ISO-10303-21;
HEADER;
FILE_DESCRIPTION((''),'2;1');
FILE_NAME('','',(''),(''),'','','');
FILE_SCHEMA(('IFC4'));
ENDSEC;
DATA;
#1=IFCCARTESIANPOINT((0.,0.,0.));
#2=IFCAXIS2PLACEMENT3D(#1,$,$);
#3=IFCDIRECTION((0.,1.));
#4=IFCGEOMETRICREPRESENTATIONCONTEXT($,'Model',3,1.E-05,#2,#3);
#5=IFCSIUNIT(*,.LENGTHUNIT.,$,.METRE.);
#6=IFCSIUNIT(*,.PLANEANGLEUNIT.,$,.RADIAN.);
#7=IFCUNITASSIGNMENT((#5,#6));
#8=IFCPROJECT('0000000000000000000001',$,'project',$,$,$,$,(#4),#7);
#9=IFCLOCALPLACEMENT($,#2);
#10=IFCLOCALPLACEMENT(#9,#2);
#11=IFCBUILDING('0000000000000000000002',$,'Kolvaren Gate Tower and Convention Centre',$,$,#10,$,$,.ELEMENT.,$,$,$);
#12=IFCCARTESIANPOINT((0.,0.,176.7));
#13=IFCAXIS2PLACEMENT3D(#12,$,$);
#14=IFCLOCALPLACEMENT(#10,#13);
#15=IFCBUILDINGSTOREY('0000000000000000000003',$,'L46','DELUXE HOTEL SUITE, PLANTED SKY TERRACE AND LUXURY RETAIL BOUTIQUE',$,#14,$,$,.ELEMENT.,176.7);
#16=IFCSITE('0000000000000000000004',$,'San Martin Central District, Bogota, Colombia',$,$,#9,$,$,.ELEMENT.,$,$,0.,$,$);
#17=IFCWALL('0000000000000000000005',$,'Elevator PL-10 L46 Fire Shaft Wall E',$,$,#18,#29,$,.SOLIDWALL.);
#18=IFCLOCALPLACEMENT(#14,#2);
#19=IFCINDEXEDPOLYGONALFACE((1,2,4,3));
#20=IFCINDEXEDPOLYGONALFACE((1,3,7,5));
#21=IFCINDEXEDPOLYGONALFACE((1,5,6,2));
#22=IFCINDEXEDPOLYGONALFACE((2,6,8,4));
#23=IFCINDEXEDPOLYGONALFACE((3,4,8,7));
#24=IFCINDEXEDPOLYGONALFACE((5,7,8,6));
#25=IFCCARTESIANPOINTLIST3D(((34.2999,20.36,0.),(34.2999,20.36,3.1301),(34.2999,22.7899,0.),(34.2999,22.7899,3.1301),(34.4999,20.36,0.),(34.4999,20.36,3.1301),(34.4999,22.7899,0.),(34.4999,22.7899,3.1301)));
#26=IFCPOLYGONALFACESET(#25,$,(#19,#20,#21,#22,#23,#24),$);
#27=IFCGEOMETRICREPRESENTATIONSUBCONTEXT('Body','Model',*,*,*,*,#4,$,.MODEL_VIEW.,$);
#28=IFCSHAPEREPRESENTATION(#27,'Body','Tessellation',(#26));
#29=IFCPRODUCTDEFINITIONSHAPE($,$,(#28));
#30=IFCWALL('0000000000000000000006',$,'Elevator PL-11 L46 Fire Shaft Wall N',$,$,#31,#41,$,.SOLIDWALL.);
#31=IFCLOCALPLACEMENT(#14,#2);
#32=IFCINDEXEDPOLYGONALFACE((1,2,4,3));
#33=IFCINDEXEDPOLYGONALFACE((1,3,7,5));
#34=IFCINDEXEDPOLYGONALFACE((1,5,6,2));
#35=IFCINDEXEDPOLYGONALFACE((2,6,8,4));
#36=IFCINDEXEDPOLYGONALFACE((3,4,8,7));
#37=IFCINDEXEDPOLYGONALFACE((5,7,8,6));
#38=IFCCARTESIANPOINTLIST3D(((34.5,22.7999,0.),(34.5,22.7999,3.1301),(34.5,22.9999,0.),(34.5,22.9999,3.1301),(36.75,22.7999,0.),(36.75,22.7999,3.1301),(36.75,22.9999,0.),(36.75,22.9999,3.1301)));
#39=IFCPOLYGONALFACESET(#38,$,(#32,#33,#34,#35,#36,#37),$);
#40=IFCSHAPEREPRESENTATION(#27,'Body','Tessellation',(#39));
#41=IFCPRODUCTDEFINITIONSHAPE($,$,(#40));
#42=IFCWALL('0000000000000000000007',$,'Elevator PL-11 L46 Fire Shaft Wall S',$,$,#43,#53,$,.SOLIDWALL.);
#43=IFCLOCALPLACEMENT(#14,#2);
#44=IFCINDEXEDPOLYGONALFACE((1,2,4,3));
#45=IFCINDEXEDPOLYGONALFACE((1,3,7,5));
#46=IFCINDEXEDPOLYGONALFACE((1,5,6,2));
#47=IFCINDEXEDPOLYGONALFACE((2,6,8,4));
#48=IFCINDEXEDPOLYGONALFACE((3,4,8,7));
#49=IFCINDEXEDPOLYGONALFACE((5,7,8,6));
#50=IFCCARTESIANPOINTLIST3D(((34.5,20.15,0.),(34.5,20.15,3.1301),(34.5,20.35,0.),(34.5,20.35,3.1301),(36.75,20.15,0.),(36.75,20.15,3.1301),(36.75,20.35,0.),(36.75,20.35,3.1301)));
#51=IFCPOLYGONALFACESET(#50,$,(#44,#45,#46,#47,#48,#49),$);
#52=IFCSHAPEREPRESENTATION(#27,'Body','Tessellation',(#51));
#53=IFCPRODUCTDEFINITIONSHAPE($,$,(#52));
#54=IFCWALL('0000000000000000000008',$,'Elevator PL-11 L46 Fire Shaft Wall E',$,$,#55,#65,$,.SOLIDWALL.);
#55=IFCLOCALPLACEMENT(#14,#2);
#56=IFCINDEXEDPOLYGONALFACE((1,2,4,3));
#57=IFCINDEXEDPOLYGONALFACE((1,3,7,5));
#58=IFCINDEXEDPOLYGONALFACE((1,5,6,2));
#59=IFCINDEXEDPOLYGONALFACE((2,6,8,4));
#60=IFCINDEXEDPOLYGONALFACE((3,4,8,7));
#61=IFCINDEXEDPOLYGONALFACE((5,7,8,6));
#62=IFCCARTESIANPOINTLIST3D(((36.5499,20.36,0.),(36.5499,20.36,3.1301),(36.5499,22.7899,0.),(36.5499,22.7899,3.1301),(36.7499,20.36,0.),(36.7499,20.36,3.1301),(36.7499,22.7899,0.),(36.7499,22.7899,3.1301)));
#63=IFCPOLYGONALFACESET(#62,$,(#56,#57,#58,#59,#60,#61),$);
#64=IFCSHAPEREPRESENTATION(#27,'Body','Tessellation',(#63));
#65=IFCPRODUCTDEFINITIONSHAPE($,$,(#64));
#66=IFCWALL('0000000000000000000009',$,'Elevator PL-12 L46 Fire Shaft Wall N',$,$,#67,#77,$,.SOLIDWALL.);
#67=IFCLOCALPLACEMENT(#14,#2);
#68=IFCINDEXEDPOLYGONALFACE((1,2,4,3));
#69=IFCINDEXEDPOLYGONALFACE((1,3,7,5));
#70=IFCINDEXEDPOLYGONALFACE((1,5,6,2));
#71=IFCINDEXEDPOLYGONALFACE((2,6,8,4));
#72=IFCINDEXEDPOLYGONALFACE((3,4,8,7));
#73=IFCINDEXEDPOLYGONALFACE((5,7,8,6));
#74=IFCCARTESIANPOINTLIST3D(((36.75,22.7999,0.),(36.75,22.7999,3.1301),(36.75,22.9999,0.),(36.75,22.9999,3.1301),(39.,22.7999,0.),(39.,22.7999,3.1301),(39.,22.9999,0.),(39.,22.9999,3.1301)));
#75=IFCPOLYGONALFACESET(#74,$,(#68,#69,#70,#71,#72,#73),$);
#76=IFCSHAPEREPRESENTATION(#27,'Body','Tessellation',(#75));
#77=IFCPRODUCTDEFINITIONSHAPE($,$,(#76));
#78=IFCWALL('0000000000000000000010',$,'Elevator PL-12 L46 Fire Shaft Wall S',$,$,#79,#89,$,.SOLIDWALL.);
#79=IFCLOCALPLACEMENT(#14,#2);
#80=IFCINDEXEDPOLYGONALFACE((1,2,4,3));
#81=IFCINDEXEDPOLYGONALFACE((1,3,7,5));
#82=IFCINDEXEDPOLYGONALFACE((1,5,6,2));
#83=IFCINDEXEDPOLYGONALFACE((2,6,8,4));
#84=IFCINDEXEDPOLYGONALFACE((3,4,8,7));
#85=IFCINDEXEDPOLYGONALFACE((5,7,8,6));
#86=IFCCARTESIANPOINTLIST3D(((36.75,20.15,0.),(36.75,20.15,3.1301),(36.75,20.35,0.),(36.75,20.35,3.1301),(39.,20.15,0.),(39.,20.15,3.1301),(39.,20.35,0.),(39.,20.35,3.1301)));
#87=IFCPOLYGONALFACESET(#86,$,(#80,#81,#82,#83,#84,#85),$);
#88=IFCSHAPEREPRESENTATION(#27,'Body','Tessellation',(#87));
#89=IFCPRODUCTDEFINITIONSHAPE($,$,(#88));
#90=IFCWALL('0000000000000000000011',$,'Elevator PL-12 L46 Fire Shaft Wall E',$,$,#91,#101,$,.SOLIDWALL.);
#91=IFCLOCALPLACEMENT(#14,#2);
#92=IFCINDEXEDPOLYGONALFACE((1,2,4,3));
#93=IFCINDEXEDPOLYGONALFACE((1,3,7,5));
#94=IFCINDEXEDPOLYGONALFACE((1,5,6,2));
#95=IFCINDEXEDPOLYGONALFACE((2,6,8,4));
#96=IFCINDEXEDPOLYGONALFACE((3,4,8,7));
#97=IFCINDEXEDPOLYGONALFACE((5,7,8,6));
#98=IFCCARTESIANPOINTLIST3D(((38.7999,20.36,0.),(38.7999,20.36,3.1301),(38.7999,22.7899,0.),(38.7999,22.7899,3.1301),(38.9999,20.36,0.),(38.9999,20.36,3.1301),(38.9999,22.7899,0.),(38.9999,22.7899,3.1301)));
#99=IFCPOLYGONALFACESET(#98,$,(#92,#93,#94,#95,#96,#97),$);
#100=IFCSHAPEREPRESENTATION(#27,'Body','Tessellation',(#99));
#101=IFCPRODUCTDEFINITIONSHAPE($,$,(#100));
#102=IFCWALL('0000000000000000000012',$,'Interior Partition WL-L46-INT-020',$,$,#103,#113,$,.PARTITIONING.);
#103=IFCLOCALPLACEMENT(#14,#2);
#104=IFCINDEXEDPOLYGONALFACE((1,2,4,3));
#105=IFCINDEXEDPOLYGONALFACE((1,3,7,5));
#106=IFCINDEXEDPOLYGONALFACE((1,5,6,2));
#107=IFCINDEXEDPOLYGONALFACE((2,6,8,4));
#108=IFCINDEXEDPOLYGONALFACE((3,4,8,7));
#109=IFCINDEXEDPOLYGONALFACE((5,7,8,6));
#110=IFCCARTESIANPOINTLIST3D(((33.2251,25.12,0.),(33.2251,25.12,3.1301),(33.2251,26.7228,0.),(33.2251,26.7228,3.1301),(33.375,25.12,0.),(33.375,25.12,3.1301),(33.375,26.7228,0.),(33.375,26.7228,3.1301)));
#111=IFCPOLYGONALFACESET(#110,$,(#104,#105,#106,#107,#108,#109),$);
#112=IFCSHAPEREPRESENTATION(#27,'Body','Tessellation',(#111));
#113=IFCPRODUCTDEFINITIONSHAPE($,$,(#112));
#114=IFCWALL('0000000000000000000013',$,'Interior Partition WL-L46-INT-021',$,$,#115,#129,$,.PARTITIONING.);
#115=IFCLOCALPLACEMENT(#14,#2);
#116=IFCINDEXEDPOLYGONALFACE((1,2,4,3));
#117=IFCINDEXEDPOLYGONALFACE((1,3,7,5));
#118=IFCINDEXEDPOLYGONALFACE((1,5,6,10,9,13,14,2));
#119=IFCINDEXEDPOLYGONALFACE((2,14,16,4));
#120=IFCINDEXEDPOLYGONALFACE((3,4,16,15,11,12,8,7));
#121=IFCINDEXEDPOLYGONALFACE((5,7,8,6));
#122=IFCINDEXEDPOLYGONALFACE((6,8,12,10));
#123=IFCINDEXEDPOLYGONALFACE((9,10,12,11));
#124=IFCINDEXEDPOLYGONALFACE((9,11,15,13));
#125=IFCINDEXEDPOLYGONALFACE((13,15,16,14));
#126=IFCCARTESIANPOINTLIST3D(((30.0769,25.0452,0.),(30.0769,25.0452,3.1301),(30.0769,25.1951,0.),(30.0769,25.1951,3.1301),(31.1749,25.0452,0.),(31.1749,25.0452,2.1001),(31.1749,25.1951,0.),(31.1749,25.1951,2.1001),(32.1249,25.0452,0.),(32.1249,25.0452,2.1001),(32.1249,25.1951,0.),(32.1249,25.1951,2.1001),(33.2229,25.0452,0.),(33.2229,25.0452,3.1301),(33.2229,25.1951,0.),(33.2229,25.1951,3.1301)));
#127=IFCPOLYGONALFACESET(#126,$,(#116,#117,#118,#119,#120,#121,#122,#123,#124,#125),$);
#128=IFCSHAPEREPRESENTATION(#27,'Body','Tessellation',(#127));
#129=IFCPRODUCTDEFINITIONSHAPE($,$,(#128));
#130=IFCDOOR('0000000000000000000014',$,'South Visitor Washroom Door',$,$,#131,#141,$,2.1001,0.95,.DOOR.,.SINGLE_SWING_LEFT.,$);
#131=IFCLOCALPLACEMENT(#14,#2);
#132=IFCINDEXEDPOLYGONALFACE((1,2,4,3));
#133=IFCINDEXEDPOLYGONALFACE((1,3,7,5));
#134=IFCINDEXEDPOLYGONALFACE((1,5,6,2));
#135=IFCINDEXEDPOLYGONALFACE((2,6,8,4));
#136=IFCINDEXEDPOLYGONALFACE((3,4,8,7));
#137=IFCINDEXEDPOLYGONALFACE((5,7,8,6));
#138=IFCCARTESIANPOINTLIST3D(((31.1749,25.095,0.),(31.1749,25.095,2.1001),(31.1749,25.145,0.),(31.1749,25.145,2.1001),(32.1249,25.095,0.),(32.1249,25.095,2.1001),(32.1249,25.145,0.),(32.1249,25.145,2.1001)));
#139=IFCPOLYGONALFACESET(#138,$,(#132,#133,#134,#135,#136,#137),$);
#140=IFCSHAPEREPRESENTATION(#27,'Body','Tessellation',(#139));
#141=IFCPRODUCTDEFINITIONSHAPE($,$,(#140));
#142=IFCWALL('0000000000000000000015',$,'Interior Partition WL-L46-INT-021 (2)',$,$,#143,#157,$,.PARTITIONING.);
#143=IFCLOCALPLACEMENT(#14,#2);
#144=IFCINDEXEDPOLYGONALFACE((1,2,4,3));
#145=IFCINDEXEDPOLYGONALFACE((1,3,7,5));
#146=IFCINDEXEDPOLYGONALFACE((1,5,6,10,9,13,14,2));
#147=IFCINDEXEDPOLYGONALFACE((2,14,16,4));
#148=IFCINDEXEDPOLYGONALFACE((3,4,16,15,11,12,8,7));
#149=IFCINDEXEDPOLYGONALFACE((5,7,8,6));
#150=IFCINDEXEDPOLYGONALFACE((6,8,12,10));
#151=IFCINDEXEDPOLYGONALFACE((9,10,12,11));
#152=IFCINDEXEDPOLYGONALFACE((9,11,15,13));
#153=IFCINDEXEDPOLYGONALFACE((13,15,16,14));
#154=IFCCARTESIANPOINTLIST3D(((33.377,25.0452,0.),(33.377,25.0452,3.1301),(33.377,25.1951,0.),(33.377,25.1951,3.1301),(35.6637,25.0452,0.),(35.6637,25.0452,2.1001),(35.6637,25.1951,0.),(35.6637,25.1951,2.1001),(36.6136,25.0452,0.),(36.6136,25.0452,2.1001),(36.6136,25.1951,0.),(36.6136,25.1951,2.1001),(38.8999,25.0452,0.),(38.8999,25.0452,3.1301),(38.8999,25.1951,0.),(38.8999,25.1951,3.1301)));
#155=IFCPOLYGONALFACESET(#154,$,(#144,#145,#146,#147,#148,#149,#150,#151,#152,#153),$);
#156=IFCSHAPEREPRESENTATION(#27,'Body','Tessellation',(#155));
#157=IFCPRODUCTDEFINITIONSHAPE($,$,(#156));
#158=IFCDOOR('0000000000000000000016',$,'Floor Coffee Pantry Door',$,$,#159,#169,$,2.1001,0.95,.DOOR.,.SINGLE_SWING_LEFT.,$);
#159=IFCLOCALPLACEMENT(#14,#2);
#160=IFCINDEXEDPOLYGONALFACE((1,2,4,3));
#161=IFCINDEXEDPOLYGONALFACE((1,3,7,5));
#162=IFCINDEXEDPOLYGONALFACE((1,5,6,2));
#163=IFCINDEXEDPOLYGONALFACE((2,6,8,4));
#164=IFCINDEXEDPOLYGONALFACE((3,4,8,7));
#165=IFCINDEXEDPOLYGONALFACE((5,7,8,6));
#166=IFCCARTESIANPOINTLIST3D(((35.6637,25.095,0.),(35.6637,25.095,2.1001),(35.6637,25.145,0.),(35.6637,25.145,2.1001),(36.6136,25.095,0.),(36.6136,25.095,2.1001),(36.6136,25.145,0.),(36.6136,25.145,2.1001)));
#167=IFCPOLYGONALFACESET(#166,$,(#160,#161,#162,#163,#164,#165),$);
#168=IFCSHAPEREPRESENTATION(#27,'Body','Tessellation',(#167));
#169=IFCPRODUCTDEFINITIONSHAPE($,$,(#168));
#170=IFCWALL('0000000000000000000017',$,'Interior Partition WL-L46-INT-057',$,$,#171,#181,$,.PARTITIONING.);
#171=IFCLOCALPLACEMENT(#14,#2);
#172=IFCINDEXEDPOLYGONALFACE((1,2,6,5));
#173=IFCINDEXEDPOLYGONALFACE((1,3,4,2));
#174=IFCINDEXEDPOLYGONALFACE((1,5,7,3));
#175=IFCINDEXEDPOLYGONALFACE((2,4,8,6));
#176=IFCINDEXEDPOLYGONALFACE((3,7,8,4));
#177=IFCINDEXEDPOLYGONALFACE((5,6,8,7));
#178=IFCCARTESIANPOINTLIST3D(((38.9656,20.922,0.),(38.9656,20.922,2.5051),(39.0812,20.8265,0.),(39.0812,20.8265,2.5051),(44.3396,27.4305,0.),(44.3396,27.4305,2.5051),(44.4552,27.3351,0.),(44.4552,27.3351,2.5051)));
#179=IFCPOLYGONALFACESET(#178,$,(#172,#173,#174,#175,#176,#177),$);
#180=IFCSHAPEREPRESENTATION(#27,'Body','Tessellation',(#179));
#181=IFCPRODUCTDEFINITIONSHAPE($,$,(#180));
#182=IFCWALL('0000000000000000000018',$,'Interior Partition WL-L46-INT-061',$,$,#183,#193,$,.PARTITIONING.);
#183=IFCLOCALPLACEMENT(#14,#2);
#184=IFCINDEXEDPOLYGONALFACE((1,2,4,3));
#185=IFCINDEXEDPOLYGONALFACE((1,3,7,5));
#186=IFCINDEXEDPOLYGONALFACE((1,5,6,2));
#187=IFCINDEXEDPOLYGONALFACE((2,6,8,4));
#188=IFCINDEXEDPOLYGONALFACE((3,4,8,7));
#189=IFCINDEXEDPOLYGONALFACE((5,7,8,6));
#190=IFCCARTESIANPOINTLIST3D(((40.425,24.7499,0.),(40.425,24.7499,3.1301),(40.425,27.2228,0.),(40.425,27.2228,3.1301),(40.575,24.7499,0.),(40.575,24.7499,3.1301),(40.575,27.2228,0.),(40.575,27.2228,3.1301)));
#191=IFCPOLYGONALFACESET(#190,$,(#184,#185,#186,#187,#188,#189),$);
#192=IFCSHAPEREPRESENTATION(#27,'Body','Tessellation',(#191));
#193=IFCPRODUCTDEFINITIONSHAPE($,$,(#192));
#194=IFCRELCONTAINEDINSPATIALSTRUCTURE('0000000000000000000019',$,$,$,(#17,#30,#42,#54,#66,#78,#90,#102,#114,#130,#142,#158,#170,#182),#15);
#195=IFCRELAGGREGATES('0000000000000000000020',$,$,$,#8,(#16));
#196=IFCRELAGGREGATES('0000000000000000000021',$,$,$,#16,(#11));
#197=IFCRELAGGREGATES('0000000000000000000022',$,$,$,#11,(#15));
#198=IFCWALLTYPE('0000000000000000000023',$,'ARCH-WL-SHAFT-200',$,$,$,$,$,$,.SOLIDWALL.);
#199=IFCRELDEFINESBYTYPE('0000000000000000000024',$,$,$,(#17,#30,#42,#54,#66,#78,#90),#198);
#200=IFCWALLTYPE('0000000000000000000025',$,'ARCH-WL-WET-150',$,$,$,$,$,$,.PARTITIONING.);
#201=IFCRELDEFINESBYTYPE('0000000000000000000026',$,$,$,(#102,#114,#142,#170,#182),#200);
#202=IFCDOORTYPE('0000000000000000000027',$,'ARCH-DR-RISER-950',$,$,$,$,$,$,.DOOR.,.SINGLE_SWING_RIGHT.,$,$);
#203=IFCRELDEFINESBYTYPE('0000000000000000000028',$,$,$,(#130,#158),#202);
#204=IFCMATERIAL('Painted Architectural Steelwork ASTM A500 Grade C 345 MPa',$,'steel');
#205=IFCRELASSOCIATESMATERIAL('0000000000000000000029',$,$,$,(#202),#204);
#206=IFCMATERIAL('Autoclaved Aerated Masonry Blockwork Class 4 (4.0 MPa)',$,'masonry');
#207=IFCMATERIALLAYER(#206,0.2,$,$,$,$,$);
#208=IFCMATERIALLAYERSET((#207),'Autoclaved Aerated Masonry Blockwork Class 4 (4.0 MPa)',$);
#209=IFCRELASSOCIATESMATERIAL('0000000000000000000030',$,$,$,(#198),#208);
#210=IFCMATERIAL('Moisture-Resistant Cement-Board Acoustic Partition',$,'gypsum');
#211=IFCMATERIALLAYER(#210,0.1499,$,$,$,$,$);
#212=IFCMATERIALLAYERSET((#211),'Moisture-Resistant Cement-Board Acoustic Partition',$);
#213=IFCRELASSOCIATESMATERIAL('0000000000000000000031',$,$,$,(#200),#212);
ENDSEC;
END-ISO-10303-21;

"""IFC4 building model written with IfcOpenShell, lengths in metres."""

from ifc_helpers import new_model, si_unit, direction, frame, frame_2d, origin, place, context, subcontext, project, spatial, rectangle, extrude, material, layer, layer_set, type_object, element, fill, save


model = new_model("IFC4")

# Units and contexts
model_context = context("Model", 3, precision=1e-05, world=origin(), true_north=direction((0.0, 1.0)))
body_context = subcontext(model_context, "Body", "Model", "MODEL_VIEW")
ifc_project = project(units=[si_unit("LENGTHUNIT", "METRE"), si_unit("PLANEANGLEUNIT", "RADIAN")], contexts=[model_context])

# Site, building, storey
site_placement = place(None, origin())
site = spatial("IfcSite", under=ifc_project, at=site_placement, Name="San Martin Central District, Bogota, Colombia", CompositionType="ELEMENT", RefElevation=0.0)
building_placement = place(site_placement, origin())
building = spatial("IfcBuilding", under=site, at=building_placement, Name="Kolvaren Gate Tower and Convention Centre", CompositionType="ELEMENT")
storey_placement = place(building_placement, frame((0.0, 0.0, 176.7)))
storey = spatial("IfcBuildingStorey", under=building, at=storey_placement, Name="L46", Description="DELUXE HOTEL SUITE, PLANTED SKY TERRACE AND LUXURY RETAIL BOUTIQUE", CompositionType="ELEMENT", Elevation=176.7)

# Shared definitions
ifc_material_1 = material(Name="Painted Architectural Steelwork ASTM A500 Grade C 345 MPa", Category="steel")
door_type = type_object("IfcDoorType", Name="ARCH-DR-RISER-950", OperationType="SINGLE_SWING_RIGHT", PredefinedType="DOOR", material=ifc_material_1)

# Walls
ifc_material_2 = material(Name="Autoclaved Aerated Masonry Blockwork Class 4 (4.0 MPa)", Category="masonry")
ifc_layer_1 = layer(ifc_material_2, 0.2)
ifc_layer_set_1 = layer_set([ifc_layer_1], Name="Autoclaved Aerated Masonry Blockwork Class 4 (4.0 MPa)")
wall_type_1 = type_object("IfcWallType", Name="ARCH-WL-SHAFT-200", PredefinedType="SOLIDWALL", material=ifc_layer_set_1)
wall_1_placement = place(storey_placement, frame((34.3999, 20.3601, 0.0), z_axis=(0.0, 0.0, 1.0), x_axis=(0.0, 1.0, 0.0)))
element("IfcWall", 1, at=wall_1_placement, inside=storey, type_object=wall_type_1, Name="Elevator PL-10 L46 Fire Shaft Wall E", PredefinedType="SOLIDWALL", context=body_context, shape_type="SweptSolid", body=[
    extrude(rectangle(XDim=2.4299, YDim=0.2, at=frame_2d((1.2148, 0.0))), origin(), (0.0, 0.0, 1.0), 3.1301),
])
for number, where, z_axis, x_axis, name in (
    (2, (34.5, 22.8999, 0.0), (0.0, 0.0, 1.0), (1.0, 0.0, 0.0), "Elevator PL-11 L46 Fire Shaft Wall N"),
    (3, (34.5, 20.25, 0.0), (0.0, 0.0, 1.0), (1.0, 0.0, 0.0), "Elevator PL-11 L46 Fire Shaft Wall S"),
):
    element("IfcWall", number, at=place(storey_placement, frame(where, z_axis=z_axis, x_axis=x_axis)), inside=storey, type_object=wall_type_1, Name=name, PredefinedType="SOLIDWALL", context=body_context, shape_type="SweptSolid", body=[
        extrude(rectangle(XDim=2.25, YDim=0.2, at=frame_2d((1.125, 0.0))), origin(), (0.0, 0.0, 1.0), 3.1301),
    ])
wall_2_placement = place(storey_placement, frame((36.6499, 20.3601, 0.0), z_axis=(0.0, 0.0, 1.0), x_axis=(0.0, 1.0, 0.0)))
element("IfcWall", 4, at=wall_2_placement, inside=storey, type_object=wall_type_1, Name="Elevator PL-11 L46 Fire Shaft Wall E", PredefinedType="SOLIDWALL", context=body_context, shape_type="SweptSolid", body=[
    extrude(rectangle(XDim=2.4299, YDim=0.2, at=frame_2d((1.2148, 0.0))), origin(), (0.0, 0.0, 1.0), 3.1301),
])
for number, where, z_axis, x_axis, name in (
    (5, (36.75, 22.8999, 0.0), (0.0, 0.0, 1.0), (1.0, 0.0, 0.0), "Elevator PL-12 L46 Fire Shaft Wall N"),
    (6, (36.75, 20.25, 0.0), (0.0, 0.0, 1.0), (1.0, 0.0, 0.0), "Elevator PL-12 L46 Fire Shaft Wall S"),
):
    element("IfcWall", number, at=place(storey_placement, frame(where, z_axis=z_axis, x_axis=x_axis)), inside=storey, type_object=wall_type_1, Name=name, PredefinedType="SOLIDWALL", context=body_context, shape_type="SweptSolid", body=[
        extrude(rectangle(XDim=2.25, YDim=0.2, at=frame_2d((1.125, 0.0))), origin(), (0.0, 0.0, 1.0), 3.1301),
    ])
wall_3_placement = place(storey_placement, frame((38.8999, 20.3601, 0.0), z_axis=(0.0, 0.0, 1.0), x_axis=(0.0, 1.0, 0.0)))
element("IfcWall", 7, at=wall_3_placement, inside=storey, type_object=wall_type_1, Name="Elevator PL-12 L46 Fire Shaft Wall E", PredefinedType="SOLIDWALL", context=body_context, shape_type="SweptSolid", body=[
    extrude(rectangle(XDim=2.4299, YDim=0.2, at=frame_2d((1.2148, 0.0))), origin(), (0.0, 0.0, 1.0), 3.1301),
])
ifc_material_3 = material(Name="Moisture-Resistant Cement-Board Acoustic Partition", Category="gypsum")
ifc_layer_2 = layer(ifc_material_3, 0.1499)
ifc_layer_set_2 = layer_set([ifc_layer_2], Name="Moisture-Resistant Cement-Board Acoustic Partition")
wall_type_2 = type_object("IfcWallType", Name="ARCH-WL-WET-150", PredefinedType="PARTITIONING", material=ifc_layer_set_2)
wall_4_placement = place(storey_placement, frame((33.3, 25.1201, 0.0), z_axis=(0.0, 0.0, 1.0), x_axis=(0.0, 1.0, 0.0)))
element("IfcWall", 8, at=wall_4_placement, inside=storey, type_object=wall_type_2, Name="Interior Partition WL-L46-INT-020", PredefinedType="PARTITIONING", context=body_context, shape_type="SweptSolid", body=[
    extrude(rectangle(XDim=1.6028, YDim=0.1499, at=frame_2d((0.8013, 0.0))), origin(), (0.0, 0.0, 1.0), 3.1301),
])

# Walls, openings, doors
wall_5_placement = place(storey_placement, frame((30.0769, 25.1201, 0.0), z_axis=(0.0, 0.0, 1.0), x_axis=(1.0, 0.0, 0.0)))
wall_5 = element("IfcWall", 9, at=wall_5_placement, inside=storey, type_object=wall_type_2, Name="Interior Partition WL-L46-INT-021", PredefinedType="PARTITIONING", context=body_context, shape_type="SweptSolid", body=[
    extrude(rectangle(XDim=3.146, YDim=0.1499, at=frame_2d((1.573, 0.0))), origin(), (0.0, 0.0, 1.0), 3.1301),
])
opening_1_placement = place(wall_5_placement, frame((1.0979, 0.0, 0.0)))
opening_1 = element("IfcOpeningElement", 10, at=opening_1_placement, cuts=wall_5, PredefinedType="OPENING", context=body_context, shape_type="SweptSolid", body=[
    extrude(rectangle(XDim=0.95, YDim=2.1001, at=frame_2d((0.4751, 1.05))), frame((0.0, 0.085, 0.0), z_axis=(0.0, -1.0, 0.0), x_axis=(1.0, 0.0, 0.0)), (0.0, 0.0, 1.0), 0.1699),
])
door_1_placement = place(opening_1_placement, origin())
door_1 = element("IfcDoor", 11, at=door_1_placement, inside=storey, type_object=door_type, Name="South Visitor Washroom Door", OperationType="SINGLE_SWING_LEFT", OverallHeight=2.1001, OverallWidth=0.95, PredefinedType="DOOR", context=body_context, shape_type="SweptSolid", body=[
    extrude(rectangle(XDim=0.95, YDim=2.1001, at=frame_2d((0.4751, 1.05))), frame((0.0, 0.0249, 0.0), z_axis=(0.0, -1.0, 0.0), x_axis=(1.0, 0.0, 0.0)), (0.0, 0.0, 1.0), 0.05),
])
fill(opening_1, door_1)
wall_6_placement = place(storey_placement, frame((33.377, 25.1201, 0.0), z_axis=(0.0, 0.0, 1.0), x_axis=(1.0, 0.0, 0.0)))
wall_6 = element("IfcWall", 12, at=wall_6_placement, inside=storey, type_object=wall_type_2, Name="Interior Partition WL-L46-INT-021 (2)", PredefinedType="PARTITIONING", context=body_context, shape_type="SweptSolid", body=[
    extrude(rectangle(XDim=5.5229, YDim=0.1499, at=frame_2d((2.7615, 0.0))), origin(), (0.0, 0.0, 1.0), 3.1301),
])
opening_2_placement = place(wall_6_placement, frame((2.2866, 0.0, 0.0)))
opening_2 = element("IfcOpeningElement", 13, at=opening_2_placement, cuts=wall_6, PredefinedType="OPENING", context=body_context, shape_type="SweptSolid", body=[
    extrude(rectangle(XDim=0.95, YDim=2.1001, at=frame_2d((0.4751, 1.05))), frame((0.0, 0.085, 0.0), z_axis=(0.0, -1.0, 0.0), x_axis=(1.0, 0.0, 0.0)), (0.0, 0.0, 1.0), 0.1699),
])
door_2_placement = place(opening_2_placement, origin())
door_2 = element("IfcDoor", 14, at=door_2_placement, inside=storey, type_object=door_type, Name="Floor Coffee Pantry Door", OperationType="SINGLE_SWING_LEFT", OverallHeight=2.1001, OverallWidth=0.95, PredefinedType="DOOR", context=body_context, shape_type="SweptSolid", body=[
    extrude(rectangle(XDim=0.95, YDim=2.1001, at=frame_2d((0.4751, 1.05))), frame((0.0, 0.0249, 0.0), z_axis=(0.0, -1.0, 0.0), x_axis=(1.0, 0.0, 0.0)), (0.0, 0.0, 1.0), 0.05),
])
fill(opening_2, door_2)

# Walls
wall_7_placement = place(storey_placement, frame((39.0234, 20.8743, 0.0), z_axis=(0.0, 0.0, 1.0), x_axis=(0.636698, 0.771113, 0.0)))
element("IfcWall", 15, at=wall_7_placement, inside=storey, type_object=wall_type_2, Name="Interior Partition WL-L46-INT-057", PredefinedType="PARTITIONING", context=body_context, shape_type="SweptSolid", body=[
    extrude(rectangle(XDim=8.4404, YDim=0.1499, at=frame_2d((4.2202, 0.0))), origin(), (0.0, 0.0, 1.0), 2.5051),
])
wall_8_placement = place(storey_placement, frame((40.5, 24.75, 0.0), z_axis=(0.0, 0.0, 1.0), x_axis=(0.0, 1.0, 0.0)))
element("IfcWall", 16, at=wall_8_placement, inside=storey, type_object=wall_type_2, Name="Interior Partition WL-L46-INT-061", PredefinedType="PARTITIONING", context=body_context, shape_type="SweptSolid", body=[
    extrude(rectangle(XDim=2.4729, YDim=0.1499, at=frame_2d((1.2363, 0.0))), origin(), (0.0, 0.0, 1.0), 3.1301),
])

save(model, "model.ifc")
